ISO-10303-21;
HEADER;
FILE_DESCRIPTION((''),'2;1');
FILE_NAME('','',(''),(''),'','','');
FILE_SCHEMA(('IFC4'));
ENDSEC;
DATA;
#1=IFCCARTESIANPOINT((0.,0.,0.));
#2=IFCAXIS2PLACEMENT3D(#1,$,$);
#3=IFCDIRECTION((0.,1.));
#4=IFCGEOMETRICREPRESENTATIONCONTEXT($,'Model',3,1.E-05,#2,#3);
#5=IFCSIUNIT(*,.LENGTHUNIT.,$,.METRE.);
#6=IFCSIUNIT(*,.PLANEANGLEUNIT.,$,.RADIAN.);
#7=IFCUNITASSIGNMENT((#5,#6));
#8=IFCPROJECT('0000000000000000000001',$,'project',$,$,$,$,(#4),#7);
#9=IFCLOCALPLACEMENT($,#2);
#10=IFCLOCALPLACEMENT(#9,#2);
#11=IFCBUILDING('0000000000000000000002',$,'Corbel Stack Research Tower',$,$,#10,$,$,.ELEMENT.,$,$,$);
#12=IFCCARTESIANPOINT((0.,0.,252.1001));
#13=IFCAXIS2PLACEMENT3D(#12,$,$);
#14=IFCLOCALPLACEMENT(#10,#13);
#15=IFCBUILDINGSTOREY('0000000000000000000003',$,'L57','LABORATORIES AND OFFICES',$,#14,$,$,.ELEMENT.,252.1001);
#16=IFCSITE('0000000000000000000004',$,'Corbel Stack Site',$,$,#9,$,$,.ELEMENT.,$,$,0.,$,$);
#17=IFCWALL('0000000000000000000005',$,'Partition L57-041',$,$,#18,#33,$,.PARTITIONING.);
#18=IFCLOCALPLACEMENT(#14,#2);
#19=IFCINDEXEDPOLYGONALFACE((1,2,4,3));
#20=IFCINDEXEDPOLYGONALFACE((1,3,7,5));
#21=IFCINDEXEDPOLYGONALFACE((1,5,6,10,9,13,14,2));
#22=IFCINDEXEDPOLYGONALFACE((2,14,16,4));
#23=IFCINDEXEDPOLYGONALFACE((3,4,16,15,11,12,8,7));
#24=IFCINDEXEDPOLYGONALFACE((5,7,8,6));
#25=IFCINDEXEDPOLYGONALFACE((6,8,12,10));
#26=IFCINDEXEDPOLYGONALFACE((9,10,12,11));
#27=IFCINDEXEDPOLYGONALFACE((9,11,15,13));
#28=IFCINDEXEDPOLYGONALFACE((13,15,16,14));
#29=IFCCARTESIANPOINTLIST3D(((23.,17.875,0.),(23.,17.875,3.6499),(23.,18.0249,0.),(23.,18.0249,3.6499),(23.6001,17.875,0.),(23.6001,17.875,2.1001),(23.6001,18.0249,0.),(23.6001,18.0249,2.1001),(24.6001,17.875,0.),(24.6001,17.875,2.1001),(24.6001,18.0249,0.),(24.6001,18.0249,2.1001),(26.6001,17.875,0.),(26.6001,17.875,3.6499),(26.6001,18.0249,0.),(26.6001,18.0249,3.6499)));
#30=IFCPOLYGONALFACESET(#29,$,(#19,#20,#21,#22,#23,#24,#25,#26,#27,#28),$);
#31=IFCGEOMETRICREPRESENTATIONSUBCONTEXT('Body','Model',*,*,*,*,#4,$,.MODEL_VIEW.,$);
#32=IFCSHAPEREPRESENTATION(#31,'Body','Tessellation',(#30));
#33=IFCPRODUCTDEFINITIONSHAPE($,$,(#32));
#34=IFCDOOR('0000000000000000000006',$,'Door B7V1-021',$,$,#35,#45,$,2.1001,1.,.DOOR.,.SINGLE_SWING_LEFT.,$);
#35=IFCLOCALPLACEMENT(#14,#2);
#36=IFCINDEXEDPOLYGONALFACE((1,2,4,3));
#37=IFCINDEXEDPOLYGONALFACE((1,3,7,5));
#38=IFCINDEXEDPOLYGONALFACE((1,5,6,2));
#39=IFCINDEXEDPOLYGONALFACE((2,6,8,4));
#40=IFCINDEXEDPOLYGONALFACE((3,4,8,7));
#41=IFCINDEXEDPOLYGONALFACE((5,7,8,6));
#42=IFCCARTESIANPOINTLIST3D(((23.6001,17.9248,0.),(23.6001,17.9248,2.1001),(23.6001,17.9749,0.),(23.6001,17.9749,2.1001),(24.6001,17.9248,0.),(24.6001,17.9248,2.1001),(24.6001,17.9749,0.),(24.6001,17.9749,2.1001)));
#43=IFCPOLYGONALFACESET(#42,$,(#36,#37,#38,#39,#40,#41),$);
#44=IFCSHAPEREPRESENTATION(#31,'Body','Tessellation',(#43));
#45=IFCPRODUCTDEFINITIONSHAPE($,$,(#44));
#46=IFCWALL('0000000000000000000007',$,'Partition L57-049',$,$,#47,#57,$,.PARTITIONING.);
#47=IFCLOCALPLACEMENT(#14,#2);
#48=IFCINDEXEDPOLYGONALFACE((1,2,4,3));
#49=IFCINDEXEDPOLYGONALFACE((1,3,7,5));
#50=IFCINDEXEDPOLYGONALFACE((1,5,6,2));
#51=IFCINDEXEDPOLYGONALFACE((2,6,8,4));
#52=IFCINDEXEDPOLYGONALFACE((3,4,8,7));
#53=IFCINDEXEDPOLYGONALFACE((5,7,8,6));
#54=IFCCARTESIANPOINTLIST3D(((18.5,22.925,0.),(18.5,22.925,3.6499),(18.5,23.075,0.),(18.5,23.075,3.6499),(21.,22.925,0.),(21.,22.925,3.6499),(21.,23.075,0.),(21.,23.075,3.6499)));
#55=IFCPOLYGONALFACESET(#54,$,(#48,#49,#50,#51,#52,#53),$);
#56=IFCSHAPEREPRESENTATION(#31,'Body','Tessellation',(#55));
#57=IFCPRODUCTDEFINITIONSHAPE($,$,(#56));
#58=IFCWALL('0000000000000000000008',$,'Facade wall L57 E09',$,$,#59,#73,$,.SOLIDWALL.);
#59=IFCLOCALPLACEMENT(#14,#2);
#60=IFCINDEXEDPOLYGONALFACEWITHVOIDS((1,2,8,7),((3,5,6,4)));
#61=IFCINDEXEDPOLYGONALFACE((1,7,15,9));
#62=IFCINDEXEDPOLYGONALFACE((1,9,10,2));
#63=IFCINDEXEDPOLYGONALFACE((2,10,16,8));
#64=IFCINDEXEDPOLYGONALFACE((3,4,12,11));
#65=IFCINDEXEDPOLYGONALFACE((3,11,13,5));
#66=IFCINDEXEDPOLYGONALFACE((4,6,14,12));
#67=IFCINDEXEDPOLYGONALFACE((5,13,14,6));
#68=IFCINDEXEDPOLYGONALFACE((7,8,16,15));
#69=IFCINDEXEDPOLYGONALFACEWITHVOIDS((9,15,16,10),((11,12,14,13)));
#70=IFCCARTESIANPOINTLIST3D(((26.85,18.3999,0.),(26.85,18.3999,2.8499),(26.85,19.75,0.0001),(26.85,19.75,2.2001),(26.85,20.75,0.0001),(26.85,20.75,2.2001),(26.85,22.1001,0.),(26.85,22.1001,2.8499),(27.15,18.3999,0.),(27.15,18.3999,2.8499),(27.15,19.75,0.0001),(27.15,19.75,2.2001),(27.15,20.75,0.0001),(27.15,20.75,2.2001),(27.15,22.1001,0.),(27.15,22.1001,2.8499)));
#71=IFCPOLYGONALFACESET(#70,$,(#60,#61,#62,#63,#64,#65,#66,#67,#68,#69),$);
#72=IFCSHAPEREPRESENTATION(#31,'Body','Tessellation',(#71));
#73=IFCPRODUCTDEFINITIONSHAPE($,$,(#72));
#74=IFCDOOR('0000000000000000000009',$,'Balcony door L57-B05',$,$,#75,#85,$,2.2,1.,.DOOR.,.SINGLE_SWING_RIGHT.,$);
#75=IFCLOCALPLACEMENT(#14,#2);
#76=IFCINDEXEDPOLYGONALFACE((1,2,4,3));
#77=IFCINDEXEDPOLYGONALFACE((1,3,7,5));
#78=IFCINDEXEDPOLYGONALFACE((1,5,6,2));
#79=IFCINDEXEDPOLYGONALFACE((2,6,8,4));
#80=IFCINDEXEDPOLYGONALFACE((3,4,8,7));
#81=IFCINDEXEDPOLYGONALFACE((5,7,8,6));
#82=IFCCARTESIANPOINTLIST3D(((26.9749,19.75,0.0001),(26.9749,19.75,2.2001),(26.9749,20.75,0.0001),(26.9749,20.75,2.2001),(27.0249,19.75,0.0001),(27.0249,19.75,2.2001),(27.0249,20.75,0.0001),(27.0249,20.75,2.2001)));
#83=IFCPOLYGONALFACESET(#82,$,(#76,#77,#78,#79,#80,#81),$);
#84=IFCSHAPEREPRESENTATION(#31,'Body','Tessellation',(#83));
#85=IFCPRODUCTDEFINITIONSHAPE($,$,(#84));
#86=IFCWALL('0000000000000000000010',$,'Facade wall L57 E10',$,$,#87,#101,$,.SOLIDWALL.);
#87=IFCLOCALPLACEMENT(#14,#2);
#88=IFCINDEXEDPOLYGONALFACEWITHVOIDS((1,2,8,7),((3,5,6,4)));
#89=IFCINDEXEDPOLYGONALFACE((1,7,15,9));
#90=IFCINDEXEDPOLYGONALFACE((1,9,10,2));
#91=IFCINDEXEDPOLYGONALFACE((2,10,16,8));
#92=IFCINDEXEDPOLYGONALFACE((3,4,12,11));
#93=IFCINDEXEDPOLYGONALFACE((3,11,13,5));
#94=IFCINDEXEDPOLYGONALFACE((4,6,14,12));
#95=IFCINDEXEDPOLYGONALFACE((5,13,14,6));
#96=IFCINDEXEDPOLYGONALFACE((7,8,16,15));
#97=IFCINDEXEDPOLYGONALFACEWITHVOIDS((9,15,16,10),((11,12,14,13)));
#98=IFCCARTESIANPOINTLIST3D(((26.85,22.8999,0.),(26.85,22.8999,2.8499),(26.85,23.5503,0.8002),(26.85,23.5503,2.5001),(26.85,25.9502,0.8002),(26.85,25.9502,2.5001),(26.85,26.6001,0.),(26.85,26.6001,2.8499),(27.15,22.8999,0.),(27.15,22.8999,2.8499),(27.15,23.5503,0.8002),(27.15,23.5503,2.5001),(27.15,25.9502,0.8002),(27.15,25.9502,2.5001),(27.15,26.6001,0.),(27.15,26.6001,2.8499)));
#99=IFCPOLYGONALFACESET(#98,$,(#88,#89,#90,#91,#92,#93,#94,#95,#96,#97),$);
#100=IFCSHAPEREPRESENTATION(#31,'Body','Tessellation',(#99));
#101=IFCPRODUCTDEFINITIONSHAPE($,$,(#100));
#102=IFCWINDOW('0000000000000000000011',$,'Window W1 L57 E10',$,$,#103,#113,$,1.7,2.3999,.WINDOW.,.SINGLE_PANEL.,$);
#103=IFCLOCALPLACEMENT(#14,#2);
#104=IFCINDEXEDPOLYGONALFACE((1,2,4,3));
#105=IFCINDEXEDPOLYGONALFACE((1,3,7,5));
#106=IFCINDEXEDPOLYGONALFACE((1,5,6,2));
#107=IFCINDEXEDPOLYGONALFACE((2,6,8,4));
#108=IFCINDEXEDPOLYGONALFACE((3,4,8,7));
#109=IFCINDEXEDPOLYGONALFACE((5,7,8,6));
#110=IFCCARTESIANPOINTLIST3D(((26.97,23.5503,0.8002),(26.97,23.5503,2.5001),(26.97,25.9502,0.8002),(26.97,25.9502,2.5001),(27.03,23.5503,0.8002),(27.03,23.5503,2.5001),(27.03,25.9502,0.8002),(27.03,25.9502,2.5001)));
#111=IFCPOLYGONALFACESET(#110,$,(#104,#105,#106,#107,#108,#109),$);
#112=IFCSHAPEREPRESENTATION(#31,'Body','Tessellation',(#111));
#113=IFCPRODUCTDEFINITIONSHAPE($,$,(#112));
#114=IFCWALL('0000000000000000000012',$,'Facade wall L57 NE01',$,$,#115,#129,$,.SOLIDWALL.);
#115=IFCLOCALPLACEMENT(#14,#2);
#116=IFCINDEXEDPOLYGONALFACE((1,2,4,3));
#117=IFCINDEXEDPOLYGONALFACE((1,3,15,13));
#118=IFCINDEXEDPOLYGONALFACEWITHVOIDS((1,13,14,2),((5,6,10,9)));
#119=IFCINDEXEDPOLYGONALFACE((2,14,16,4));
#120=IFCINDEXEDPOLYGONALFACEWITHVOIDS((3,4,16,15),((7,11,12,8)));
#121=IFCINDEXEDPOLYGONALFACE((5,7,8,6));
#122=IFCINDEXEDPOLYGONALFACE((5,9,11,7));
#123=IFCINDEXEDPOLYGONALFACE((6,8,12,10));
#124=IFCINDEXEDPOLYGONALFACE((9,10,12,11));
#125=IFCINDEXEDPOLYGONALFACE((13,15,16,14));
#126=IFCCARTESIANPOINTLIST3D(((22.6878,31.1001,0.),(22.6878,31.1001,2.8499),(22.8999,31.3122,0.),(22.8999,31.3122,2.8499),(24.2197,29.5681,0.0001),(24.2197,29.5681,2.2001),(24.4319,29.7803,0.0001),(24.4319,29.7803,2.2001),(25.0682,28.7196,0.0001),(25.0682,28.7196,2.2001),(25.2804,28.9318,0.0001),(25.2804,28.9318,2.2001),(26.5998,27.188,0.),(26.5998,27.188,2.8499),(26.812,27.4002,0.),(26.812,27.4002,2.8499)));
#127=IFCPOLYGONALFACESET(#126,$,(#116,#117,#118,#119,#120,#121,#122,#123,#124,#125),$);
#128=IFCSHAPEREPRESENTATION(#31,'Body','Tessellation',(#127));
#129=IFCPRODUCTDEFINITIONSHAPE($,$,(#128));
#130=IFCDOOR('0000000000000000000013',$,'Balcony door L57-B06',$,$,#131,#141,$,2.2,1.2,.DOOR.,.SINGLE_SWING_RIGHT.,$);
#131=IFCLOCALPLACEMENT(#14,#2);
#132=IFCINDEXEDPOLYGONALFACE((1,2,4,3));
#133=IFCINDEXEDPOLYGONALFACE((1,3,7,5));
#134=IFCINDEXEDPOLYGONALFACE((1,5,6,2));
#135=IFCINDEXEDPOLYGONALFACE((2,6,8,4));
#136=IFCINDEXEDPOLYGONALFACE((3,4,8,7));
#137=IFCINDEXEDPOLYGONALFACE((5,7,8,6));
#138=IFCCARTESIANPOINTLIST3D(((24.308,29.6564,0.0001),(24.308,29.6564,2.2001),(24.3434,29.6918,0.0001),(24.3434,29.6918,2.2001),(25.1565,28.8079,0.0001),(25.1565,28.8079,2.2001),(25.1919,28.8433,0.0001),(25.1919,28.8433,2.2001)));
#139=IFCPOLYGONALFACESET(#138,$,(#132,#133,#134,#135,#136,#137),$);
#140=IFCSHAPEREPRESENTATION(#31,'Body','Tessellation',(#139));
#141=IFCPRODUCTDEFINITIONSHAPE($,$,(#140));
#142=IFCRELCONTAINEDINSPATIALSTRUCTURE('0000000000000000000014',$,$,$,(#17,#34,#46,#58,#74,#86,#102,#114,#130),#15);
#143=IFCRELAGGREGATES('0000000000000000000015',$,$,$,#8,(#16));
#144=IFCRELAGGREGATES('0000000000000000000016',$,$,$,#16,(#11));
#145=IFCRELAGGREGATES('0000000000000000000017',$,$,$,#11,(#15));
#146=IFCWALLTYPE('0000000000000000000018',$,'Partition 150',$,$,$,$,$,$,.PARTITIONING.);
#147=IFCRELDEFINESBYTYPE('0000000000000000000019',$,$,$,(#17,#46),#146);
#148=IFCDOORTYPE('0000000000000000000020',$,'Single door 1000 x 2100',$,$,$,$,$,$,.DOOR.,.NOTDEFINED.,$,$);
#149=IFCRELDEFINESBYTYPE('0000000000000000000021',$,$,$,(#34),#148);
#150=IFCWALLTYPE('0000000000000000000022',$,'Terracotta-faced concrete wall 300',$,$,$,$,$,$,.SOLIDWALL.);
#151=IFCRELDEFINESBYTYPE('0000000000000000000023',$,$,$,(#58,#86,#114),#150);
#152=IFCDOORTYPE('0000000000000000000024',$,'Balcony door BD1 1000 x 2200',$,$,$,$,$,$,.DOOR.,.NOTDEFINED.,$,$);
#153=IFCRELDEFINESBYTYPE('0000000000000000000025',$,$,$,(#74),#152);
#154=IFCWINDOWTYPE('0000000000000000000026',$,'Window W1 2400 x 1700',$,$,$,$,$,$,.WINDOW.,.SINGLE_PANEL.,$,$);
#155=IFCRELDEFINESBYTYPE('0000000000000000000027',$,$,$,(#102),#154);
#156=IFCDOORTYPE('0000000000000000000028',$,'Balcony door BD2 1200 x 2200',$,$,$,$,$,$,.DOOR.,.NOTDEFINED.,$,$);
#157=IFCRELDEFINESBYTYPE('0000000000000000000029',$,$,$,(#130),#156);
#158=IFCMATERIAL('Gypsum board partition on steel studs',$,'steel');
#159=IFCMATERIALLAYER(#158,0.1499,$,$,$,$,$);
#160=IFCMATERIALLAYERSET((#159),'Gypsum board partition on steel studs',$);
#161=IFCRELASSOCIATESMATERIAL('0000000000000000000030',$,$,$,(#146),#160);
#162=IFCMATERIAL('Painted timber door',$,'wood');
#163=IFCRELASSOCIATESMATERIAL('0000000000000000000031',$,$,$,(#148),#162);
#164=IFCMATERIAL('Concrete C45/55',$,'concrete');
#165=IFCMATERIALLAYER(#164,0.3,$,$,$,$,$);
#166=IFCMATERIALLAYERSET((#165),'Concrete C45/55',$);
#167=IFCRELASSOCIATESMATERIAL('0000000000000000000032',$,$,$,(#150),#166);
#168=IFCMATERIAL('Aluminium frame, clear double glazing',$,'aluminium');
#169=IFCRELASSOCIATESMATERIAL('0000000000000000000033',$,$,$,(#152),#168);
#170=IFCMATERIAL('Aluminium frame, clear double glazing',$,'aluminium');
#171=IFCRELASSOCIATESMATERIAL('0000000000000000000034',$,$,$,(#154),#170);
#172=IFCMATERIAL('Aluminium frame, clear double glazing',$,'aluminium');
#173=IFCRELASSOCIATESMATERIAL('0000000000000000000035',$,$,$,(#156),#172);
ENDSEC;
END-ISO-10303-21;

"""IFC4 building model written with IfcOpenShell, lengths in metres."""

from ifc_helpers import new_model, si_unit, direction, frame, frame_2d, origin, place, context, subcontext, project, spatial, rectangle, extrude, material, layer, layer_set, type_object, element, fill, save


model = new_model("IFC4")

# Units and contexts
model_context = context("Model", 3, precision=1e-05, world=origin(), true_north=direction((0.0, 1.0)))
body_context = subcontext(model_context, "Body", "Model", "MODEL_VIEW")
ifc_project = project(units=[si_unit("LENGTHUNIT", "METRE"), si_unit("PLANEANGLEUNIT", "RADIAN")], contexts=[model_context])

# Site, building, storey
site_placement = place(None, origin())
site = spatial("IfcSite", under=ifc_project, at=site_placement, Name="Corbel Stack Site", CompositionType="ELEMENT", RefElevation=0.0)
building_placement = place(site_placement, origin())
building = spatial("IfcBuilding", under=site, at=building_placement, Name="Corbel Stack Research Tower", CompositionType="ELEMENT")
storey_placement = place(building_placement, frame((0.0, 0.0, 252.1001)))
storey = spatial("IfcBuildingStorey", under=building, at=storey_placement, Name="L57", Description="LABORATORIES AND OFFICES", CompositionType="ELEMENT", Elevation=252.1001)

# Wall, opening, door
ifc_material_1 = material(Name="Gypsum board partition on steel studs", Category="steel")
ifc_layer_1 = layer(ifc_material_1, 0.1499)
ifc_layer_set_1 = layer_set([ifc_layer_1], Name="Gypsum board partition on steel studs")
wall_type_1 = type_object("IfcWallType", Name="Partition 150", PredefinedType="PARTITIONING", material=ifc_layer_set_1)
wall_1_placement = place(storey_placement, frame((23.0, 17.95, 0.0), z_axis=(0.0, 0.0, 1.0), x_axis=(1.0, 0.0, 0.0)))
wall_1 = element("IfcWall", 1, at=wall_1_placement, inside=storey, type_object=wall_type_1, Name="Partition L57-041", PredefinedType="PARTITIONING", context=body_context, shape_type="SweptSolid", body=[
    extrude(rectangle(XDim=3.6001, YDim=0.1499, at=frame_2d((1.8, 0.0))), origin(), (0.0, 0.0, 1.0), 3.6499),
])
opening_1_placement = place(wall_1_placement, frame((0.6001, 0.0, 0.0)))
opening_1 = element("IfcOpeningElement", 2, at=opening_1_placement, cuts=wall_1, PredefinedType="OPENING", context=body_context, shape_type="SweptSolid", body=[
    extrude(rectangle(XDim=1.0, YDim=2.1001, at=frame_2d((0.5, 1.05))), frame((0.0, 0.085, 0.0), z_axis=(0.0, -1.0, 0.0), x_axis=(1.0, 0.0, 0.0)), (0.0, 0.0, 1.0), 0.1699),
])
ifc_material_2 = material(Name="Painted timber door", Category="wood")
door_type_1 = type_object("IfcDoorType", Name="Single door 1000 x 2100", OperationType="NOTDEFINED", PredefinedType="DOOR", material=ifc_material_2)
door_1_placement = place(opening_1_placement, origin())
door_1 = element("IfcDoor", 3, at=door_1_placement, inside=storey, type_object=door_type_1, Name="Door B7V1-021", OperationType="SINGLE_SWING_LEFT", OverallHeight=2.1001, OverallWidth=1.0, PredefinedType="DOOR", context=body_context, shape_type="SweptSolid", body=[
    extrude(rectangle(XDim=1.0, YDim=2.1001, at=frame_2d((0.5, 1.05))), frame((0.0, 0.0249, 0.0), z_axis=(0.0, -1.0, 0.0), x_axis=(1.0, 0.0, 0.0)), (0.0, 0.0, 1.0), 0.05),
])
fill(opening_1, door_1)

# Wall
wall_2_placement = place(storey_placement, frame((18.5, 23.0, 0.0), z_axis=(0.0, 0.0, 1.0), x_axis=(1.0, 0.0, 0.0)))
element("IfcWall", 4, at=wall_2_placement, inside=storey, type_object=wall_type_1, Name="Partition L57-049", PredefinedType="PARTITIONING", context=body_context, shape_type="SweptSolid", body=[
    extrude(rectangle(XDim=2.5, YDim=0.1499, at=frame_2d((1.25, 0.0))), origin(), (0.0, 0.0, 1.0), 3.6499),
])

# Wall, opening, door
ifc_material_3 = material(Name="Concrete C45/55", Category="concrete")
ifc_layer_2 = layer(ifc_material_3, 0.3)
ifc_layer_set_2 = layer_set([ifc_layer_2], Name="Concrete C45/55")
wall_type_2 = type_object("IfcWallType", Name="Terracotta-faced concrete wall 300", PredefinedType="SOLIDWALL", material=ifc_layer_set_2)
wall_3_placement = place(storey_placement, frame((27.0, 22.1001, 0.0), z_axis=(0.0, 0.0, 1.0), x_axis=(0.0, -1.0, 0.0)))
wall_3 = element("IfcWall", 5, at=wall_3_placement, inside=storey, type_object=wall_type_2, Name="Facade wall L57 E09", PredefinedType="SOLIDWALL", context=body_context, shape_type="SweptSolid", body=[
    extrude(rectangle(XDim=3.7002, YDim=0.3, at=frame_2d((1.8501, 0.0))), origin(), (0.0, 0.0, 1.0), 2.8499),
])
opening_2_placement = place(wall_3_placement, frame((1.3501, 0.0, 0.0)))
opening_2 = element("IfcOpeningElement", 6, at=opening_2_placement, cuts=wall_3, PredefinedType="OPENING", context=body_context, shape_type="SweptSolid", body=[
    extrude(rectangle(XDim=1.0, YDim=2.2, at=frame_2d((0.5, 1.1001))), frame((0.0, 0.1599, 0.0), z_axis=(0.0, -1.0, 0.0), x_axis=(1.0, 0.0, 0.0)), (0.0, 0.0, 1.0), 0.3201),
])
ifc_material_4 = material(Name="Aluminium frame, clear double glazing", Category="aluminium")
door_type_2 = type_object("IfcDoorType", Name="Balcony door BD1 1000 x 2200", OperationType="NOTDEFINED", PredefinedType="DOOR", material=ifc_material_4)
door_2_placement = place(opening_2_placement, origin())
door_2 = element("IfcDoor", 7, at=door_2_placement, inside=storey, type_object=door_type_2, Name="Balcony door L57-B05", OperationType="SINGLE_SWING_RIGHT", OverallHeight=2.2, OverallWidth=1.0, PredefinedType="DOOR", context=body_context, shape_type="SweptSolid", body=[
    extrude(rectangle(XDim=1.0, YDim=2.2, at=frame_2d((0.5, 1.1001))), frame((0.0, 0.0249, 0.0), z_axis=(0.0, -1.0, 0.0), x_axis=(1.0, 0.0, 0.0)), (0.0, 0.0, 1.0), 0.05),
])
fill(opening_2, door_2)

# Wall, opening, window
wall_4_placement = place(storey_placement, frame((27.0, 26.6001, 0.0), z_axis=(0.0, 0.0, 1.0), x_axis=(0.0, -1.0, 0.0)))
wall_4 = element("IfcWall", 8, at=wall_4_placement, inside=storey, type_object=wall_type_2, Name="Facade wall L57 E10", PredefinedType="SOLIDWALL", context=body_context, shape_type="SweptSolid", body=[
    extrude(rectangle(XDim=3.7002, YDim=0.3, at=frame_2d((1.8501, 0.0))), origin(), (0.0, 0.0, 1.0), 2.8499),
])
opening_3_placement = place(wall_4_placement, frame((0.6499, 0.0, 0.8)))
opening_3 = element("IfcOpeningElement", 9, at=opening_3_placement, cuts=wall_4, PredefinedType="OPENING", context=body_context, shape_type="SweptSolid", body=[
    extrude(rectangle(XDim=2.3999, YDim=1.7, at=frame_2d((1.2, 0.8501))), frame((0.0, 0.1599, 0.0), z_axis=(0.0, -1.0, 0.0), x_axis=(1.0, 0.0, 0.0)), (0.0, 0.0, 1.0), 0.3201),
])
ifc_material_5 = material(Name="Aluminium frame, clear double glazing", Category="aluminium")
window_type_1 = type_object("IfcWindowType", Name="Window W1 2400 x 1700", PartitioningType="SINGLE_PANEL", PredefinedType="WINDOW", material=ifc_material_5)
window_1_placement = place(opening_3_placement, origin())
window_1 = element("IfcWindow", 10, at=window_1_placement, inside=storey, type_object=window_type_1, Name="Window W1 L57 E10", OverallHeight=1.7, OverallWidth=2.3999, PartitioningType="SINGLE_PANEL", PredefinedType="WINDOW", context=body_context, shape_type="SweptSolid", body=[
    extrude(rectangle(XDim=2.3999, YDim=1.7, at=frame_2d((1.2, 0.8501))), frame((0.0, 0.03, 0.0), z_axis=(0.0, -1.0, 0.0), x_axis=(1.0, 0.0, 0.0)), (0.0, 0.0, 1.0), 0.0601),
])
fill(opening_3, window_1)

# Wall, opening, door
wall_5_placement = place(storey_placement, frame((22.7939, 31.2061, 0.0), z_axis=(0.0, 0.0, 1.0), x_axis=(0.707107, -0.707107, 0.0)))
wall_5 = element("IfcWall", 11, at=wall_5_placement, inside=storey, type_object=wall_type_2, Name="Facade wall L57 NE01", PredefinedType="SOLIDWALL", context=body_context, shape_type="SweptSolid", body=[
    extrude(rectangle(XDim=5.5325, YDim=0.3, at=frame_2d((2.7661, 0.0))), origin(), (0.0, 0.0, 1.0), 2.8499),
])
opening_4_placement = place(wall_5_placement, frame((2.1663, 0.0, 0.0)))
opening_4 = element("IfcOpeningElement", 12, at=opening_4_placement, cuts=wall_5, PredefinedType="OPENING", context=body_context, shape_type="SweptSolid", body=[
    extrude(rectangle(XDim=1.2, YDim=2.2, at=frame_2d((0.6001, 1.1001))), frame((0.0, 0.1599, 0.0), z_axis=(0.0, -1.0, 0.0), x_axis=(1.0, 0.0, 0.0)), (0.0, 0.0, 1.0), 0.3201),
])
ifc_material_6 = material(Name="Aluminium frame, clear double glazing", Category="aluminium")
door_type_3 = type_object("IfcDoorType", Name="Balcony door BD2 1200 x 2200", OperationType="NOTDEFINED", PredefinedType="DOOR", material=ifc_material_6)
door_3_placement = place(opening_4_placement, origin())
door_3 = element("IfcDoor", 13, at=door_3_placement, inside=storey, type_object=door_type_3, Name="Balcony door L57-B06", OperationType="SINGLE_SWING_RIGHT", OverallHeight=2.2, OverallWidth=1.2, PredefinedType="DOOR", context=body_context, shape_type="SweptSolid", body=[
    extrude(rectangle(XDim=1.2, YDim=2.2, at=frame_2d((0.6001, 1.1001))), frame((0.0, 0.0249, 0.0), z_axis=(0.0, -1.0, 0.0), x_axis=(1.0, 0.0, 0.0)), (0.0, 0.0, 1.0), 0.05),
])
fill(opening_4, door_3)

save(model, "model.ifc")
